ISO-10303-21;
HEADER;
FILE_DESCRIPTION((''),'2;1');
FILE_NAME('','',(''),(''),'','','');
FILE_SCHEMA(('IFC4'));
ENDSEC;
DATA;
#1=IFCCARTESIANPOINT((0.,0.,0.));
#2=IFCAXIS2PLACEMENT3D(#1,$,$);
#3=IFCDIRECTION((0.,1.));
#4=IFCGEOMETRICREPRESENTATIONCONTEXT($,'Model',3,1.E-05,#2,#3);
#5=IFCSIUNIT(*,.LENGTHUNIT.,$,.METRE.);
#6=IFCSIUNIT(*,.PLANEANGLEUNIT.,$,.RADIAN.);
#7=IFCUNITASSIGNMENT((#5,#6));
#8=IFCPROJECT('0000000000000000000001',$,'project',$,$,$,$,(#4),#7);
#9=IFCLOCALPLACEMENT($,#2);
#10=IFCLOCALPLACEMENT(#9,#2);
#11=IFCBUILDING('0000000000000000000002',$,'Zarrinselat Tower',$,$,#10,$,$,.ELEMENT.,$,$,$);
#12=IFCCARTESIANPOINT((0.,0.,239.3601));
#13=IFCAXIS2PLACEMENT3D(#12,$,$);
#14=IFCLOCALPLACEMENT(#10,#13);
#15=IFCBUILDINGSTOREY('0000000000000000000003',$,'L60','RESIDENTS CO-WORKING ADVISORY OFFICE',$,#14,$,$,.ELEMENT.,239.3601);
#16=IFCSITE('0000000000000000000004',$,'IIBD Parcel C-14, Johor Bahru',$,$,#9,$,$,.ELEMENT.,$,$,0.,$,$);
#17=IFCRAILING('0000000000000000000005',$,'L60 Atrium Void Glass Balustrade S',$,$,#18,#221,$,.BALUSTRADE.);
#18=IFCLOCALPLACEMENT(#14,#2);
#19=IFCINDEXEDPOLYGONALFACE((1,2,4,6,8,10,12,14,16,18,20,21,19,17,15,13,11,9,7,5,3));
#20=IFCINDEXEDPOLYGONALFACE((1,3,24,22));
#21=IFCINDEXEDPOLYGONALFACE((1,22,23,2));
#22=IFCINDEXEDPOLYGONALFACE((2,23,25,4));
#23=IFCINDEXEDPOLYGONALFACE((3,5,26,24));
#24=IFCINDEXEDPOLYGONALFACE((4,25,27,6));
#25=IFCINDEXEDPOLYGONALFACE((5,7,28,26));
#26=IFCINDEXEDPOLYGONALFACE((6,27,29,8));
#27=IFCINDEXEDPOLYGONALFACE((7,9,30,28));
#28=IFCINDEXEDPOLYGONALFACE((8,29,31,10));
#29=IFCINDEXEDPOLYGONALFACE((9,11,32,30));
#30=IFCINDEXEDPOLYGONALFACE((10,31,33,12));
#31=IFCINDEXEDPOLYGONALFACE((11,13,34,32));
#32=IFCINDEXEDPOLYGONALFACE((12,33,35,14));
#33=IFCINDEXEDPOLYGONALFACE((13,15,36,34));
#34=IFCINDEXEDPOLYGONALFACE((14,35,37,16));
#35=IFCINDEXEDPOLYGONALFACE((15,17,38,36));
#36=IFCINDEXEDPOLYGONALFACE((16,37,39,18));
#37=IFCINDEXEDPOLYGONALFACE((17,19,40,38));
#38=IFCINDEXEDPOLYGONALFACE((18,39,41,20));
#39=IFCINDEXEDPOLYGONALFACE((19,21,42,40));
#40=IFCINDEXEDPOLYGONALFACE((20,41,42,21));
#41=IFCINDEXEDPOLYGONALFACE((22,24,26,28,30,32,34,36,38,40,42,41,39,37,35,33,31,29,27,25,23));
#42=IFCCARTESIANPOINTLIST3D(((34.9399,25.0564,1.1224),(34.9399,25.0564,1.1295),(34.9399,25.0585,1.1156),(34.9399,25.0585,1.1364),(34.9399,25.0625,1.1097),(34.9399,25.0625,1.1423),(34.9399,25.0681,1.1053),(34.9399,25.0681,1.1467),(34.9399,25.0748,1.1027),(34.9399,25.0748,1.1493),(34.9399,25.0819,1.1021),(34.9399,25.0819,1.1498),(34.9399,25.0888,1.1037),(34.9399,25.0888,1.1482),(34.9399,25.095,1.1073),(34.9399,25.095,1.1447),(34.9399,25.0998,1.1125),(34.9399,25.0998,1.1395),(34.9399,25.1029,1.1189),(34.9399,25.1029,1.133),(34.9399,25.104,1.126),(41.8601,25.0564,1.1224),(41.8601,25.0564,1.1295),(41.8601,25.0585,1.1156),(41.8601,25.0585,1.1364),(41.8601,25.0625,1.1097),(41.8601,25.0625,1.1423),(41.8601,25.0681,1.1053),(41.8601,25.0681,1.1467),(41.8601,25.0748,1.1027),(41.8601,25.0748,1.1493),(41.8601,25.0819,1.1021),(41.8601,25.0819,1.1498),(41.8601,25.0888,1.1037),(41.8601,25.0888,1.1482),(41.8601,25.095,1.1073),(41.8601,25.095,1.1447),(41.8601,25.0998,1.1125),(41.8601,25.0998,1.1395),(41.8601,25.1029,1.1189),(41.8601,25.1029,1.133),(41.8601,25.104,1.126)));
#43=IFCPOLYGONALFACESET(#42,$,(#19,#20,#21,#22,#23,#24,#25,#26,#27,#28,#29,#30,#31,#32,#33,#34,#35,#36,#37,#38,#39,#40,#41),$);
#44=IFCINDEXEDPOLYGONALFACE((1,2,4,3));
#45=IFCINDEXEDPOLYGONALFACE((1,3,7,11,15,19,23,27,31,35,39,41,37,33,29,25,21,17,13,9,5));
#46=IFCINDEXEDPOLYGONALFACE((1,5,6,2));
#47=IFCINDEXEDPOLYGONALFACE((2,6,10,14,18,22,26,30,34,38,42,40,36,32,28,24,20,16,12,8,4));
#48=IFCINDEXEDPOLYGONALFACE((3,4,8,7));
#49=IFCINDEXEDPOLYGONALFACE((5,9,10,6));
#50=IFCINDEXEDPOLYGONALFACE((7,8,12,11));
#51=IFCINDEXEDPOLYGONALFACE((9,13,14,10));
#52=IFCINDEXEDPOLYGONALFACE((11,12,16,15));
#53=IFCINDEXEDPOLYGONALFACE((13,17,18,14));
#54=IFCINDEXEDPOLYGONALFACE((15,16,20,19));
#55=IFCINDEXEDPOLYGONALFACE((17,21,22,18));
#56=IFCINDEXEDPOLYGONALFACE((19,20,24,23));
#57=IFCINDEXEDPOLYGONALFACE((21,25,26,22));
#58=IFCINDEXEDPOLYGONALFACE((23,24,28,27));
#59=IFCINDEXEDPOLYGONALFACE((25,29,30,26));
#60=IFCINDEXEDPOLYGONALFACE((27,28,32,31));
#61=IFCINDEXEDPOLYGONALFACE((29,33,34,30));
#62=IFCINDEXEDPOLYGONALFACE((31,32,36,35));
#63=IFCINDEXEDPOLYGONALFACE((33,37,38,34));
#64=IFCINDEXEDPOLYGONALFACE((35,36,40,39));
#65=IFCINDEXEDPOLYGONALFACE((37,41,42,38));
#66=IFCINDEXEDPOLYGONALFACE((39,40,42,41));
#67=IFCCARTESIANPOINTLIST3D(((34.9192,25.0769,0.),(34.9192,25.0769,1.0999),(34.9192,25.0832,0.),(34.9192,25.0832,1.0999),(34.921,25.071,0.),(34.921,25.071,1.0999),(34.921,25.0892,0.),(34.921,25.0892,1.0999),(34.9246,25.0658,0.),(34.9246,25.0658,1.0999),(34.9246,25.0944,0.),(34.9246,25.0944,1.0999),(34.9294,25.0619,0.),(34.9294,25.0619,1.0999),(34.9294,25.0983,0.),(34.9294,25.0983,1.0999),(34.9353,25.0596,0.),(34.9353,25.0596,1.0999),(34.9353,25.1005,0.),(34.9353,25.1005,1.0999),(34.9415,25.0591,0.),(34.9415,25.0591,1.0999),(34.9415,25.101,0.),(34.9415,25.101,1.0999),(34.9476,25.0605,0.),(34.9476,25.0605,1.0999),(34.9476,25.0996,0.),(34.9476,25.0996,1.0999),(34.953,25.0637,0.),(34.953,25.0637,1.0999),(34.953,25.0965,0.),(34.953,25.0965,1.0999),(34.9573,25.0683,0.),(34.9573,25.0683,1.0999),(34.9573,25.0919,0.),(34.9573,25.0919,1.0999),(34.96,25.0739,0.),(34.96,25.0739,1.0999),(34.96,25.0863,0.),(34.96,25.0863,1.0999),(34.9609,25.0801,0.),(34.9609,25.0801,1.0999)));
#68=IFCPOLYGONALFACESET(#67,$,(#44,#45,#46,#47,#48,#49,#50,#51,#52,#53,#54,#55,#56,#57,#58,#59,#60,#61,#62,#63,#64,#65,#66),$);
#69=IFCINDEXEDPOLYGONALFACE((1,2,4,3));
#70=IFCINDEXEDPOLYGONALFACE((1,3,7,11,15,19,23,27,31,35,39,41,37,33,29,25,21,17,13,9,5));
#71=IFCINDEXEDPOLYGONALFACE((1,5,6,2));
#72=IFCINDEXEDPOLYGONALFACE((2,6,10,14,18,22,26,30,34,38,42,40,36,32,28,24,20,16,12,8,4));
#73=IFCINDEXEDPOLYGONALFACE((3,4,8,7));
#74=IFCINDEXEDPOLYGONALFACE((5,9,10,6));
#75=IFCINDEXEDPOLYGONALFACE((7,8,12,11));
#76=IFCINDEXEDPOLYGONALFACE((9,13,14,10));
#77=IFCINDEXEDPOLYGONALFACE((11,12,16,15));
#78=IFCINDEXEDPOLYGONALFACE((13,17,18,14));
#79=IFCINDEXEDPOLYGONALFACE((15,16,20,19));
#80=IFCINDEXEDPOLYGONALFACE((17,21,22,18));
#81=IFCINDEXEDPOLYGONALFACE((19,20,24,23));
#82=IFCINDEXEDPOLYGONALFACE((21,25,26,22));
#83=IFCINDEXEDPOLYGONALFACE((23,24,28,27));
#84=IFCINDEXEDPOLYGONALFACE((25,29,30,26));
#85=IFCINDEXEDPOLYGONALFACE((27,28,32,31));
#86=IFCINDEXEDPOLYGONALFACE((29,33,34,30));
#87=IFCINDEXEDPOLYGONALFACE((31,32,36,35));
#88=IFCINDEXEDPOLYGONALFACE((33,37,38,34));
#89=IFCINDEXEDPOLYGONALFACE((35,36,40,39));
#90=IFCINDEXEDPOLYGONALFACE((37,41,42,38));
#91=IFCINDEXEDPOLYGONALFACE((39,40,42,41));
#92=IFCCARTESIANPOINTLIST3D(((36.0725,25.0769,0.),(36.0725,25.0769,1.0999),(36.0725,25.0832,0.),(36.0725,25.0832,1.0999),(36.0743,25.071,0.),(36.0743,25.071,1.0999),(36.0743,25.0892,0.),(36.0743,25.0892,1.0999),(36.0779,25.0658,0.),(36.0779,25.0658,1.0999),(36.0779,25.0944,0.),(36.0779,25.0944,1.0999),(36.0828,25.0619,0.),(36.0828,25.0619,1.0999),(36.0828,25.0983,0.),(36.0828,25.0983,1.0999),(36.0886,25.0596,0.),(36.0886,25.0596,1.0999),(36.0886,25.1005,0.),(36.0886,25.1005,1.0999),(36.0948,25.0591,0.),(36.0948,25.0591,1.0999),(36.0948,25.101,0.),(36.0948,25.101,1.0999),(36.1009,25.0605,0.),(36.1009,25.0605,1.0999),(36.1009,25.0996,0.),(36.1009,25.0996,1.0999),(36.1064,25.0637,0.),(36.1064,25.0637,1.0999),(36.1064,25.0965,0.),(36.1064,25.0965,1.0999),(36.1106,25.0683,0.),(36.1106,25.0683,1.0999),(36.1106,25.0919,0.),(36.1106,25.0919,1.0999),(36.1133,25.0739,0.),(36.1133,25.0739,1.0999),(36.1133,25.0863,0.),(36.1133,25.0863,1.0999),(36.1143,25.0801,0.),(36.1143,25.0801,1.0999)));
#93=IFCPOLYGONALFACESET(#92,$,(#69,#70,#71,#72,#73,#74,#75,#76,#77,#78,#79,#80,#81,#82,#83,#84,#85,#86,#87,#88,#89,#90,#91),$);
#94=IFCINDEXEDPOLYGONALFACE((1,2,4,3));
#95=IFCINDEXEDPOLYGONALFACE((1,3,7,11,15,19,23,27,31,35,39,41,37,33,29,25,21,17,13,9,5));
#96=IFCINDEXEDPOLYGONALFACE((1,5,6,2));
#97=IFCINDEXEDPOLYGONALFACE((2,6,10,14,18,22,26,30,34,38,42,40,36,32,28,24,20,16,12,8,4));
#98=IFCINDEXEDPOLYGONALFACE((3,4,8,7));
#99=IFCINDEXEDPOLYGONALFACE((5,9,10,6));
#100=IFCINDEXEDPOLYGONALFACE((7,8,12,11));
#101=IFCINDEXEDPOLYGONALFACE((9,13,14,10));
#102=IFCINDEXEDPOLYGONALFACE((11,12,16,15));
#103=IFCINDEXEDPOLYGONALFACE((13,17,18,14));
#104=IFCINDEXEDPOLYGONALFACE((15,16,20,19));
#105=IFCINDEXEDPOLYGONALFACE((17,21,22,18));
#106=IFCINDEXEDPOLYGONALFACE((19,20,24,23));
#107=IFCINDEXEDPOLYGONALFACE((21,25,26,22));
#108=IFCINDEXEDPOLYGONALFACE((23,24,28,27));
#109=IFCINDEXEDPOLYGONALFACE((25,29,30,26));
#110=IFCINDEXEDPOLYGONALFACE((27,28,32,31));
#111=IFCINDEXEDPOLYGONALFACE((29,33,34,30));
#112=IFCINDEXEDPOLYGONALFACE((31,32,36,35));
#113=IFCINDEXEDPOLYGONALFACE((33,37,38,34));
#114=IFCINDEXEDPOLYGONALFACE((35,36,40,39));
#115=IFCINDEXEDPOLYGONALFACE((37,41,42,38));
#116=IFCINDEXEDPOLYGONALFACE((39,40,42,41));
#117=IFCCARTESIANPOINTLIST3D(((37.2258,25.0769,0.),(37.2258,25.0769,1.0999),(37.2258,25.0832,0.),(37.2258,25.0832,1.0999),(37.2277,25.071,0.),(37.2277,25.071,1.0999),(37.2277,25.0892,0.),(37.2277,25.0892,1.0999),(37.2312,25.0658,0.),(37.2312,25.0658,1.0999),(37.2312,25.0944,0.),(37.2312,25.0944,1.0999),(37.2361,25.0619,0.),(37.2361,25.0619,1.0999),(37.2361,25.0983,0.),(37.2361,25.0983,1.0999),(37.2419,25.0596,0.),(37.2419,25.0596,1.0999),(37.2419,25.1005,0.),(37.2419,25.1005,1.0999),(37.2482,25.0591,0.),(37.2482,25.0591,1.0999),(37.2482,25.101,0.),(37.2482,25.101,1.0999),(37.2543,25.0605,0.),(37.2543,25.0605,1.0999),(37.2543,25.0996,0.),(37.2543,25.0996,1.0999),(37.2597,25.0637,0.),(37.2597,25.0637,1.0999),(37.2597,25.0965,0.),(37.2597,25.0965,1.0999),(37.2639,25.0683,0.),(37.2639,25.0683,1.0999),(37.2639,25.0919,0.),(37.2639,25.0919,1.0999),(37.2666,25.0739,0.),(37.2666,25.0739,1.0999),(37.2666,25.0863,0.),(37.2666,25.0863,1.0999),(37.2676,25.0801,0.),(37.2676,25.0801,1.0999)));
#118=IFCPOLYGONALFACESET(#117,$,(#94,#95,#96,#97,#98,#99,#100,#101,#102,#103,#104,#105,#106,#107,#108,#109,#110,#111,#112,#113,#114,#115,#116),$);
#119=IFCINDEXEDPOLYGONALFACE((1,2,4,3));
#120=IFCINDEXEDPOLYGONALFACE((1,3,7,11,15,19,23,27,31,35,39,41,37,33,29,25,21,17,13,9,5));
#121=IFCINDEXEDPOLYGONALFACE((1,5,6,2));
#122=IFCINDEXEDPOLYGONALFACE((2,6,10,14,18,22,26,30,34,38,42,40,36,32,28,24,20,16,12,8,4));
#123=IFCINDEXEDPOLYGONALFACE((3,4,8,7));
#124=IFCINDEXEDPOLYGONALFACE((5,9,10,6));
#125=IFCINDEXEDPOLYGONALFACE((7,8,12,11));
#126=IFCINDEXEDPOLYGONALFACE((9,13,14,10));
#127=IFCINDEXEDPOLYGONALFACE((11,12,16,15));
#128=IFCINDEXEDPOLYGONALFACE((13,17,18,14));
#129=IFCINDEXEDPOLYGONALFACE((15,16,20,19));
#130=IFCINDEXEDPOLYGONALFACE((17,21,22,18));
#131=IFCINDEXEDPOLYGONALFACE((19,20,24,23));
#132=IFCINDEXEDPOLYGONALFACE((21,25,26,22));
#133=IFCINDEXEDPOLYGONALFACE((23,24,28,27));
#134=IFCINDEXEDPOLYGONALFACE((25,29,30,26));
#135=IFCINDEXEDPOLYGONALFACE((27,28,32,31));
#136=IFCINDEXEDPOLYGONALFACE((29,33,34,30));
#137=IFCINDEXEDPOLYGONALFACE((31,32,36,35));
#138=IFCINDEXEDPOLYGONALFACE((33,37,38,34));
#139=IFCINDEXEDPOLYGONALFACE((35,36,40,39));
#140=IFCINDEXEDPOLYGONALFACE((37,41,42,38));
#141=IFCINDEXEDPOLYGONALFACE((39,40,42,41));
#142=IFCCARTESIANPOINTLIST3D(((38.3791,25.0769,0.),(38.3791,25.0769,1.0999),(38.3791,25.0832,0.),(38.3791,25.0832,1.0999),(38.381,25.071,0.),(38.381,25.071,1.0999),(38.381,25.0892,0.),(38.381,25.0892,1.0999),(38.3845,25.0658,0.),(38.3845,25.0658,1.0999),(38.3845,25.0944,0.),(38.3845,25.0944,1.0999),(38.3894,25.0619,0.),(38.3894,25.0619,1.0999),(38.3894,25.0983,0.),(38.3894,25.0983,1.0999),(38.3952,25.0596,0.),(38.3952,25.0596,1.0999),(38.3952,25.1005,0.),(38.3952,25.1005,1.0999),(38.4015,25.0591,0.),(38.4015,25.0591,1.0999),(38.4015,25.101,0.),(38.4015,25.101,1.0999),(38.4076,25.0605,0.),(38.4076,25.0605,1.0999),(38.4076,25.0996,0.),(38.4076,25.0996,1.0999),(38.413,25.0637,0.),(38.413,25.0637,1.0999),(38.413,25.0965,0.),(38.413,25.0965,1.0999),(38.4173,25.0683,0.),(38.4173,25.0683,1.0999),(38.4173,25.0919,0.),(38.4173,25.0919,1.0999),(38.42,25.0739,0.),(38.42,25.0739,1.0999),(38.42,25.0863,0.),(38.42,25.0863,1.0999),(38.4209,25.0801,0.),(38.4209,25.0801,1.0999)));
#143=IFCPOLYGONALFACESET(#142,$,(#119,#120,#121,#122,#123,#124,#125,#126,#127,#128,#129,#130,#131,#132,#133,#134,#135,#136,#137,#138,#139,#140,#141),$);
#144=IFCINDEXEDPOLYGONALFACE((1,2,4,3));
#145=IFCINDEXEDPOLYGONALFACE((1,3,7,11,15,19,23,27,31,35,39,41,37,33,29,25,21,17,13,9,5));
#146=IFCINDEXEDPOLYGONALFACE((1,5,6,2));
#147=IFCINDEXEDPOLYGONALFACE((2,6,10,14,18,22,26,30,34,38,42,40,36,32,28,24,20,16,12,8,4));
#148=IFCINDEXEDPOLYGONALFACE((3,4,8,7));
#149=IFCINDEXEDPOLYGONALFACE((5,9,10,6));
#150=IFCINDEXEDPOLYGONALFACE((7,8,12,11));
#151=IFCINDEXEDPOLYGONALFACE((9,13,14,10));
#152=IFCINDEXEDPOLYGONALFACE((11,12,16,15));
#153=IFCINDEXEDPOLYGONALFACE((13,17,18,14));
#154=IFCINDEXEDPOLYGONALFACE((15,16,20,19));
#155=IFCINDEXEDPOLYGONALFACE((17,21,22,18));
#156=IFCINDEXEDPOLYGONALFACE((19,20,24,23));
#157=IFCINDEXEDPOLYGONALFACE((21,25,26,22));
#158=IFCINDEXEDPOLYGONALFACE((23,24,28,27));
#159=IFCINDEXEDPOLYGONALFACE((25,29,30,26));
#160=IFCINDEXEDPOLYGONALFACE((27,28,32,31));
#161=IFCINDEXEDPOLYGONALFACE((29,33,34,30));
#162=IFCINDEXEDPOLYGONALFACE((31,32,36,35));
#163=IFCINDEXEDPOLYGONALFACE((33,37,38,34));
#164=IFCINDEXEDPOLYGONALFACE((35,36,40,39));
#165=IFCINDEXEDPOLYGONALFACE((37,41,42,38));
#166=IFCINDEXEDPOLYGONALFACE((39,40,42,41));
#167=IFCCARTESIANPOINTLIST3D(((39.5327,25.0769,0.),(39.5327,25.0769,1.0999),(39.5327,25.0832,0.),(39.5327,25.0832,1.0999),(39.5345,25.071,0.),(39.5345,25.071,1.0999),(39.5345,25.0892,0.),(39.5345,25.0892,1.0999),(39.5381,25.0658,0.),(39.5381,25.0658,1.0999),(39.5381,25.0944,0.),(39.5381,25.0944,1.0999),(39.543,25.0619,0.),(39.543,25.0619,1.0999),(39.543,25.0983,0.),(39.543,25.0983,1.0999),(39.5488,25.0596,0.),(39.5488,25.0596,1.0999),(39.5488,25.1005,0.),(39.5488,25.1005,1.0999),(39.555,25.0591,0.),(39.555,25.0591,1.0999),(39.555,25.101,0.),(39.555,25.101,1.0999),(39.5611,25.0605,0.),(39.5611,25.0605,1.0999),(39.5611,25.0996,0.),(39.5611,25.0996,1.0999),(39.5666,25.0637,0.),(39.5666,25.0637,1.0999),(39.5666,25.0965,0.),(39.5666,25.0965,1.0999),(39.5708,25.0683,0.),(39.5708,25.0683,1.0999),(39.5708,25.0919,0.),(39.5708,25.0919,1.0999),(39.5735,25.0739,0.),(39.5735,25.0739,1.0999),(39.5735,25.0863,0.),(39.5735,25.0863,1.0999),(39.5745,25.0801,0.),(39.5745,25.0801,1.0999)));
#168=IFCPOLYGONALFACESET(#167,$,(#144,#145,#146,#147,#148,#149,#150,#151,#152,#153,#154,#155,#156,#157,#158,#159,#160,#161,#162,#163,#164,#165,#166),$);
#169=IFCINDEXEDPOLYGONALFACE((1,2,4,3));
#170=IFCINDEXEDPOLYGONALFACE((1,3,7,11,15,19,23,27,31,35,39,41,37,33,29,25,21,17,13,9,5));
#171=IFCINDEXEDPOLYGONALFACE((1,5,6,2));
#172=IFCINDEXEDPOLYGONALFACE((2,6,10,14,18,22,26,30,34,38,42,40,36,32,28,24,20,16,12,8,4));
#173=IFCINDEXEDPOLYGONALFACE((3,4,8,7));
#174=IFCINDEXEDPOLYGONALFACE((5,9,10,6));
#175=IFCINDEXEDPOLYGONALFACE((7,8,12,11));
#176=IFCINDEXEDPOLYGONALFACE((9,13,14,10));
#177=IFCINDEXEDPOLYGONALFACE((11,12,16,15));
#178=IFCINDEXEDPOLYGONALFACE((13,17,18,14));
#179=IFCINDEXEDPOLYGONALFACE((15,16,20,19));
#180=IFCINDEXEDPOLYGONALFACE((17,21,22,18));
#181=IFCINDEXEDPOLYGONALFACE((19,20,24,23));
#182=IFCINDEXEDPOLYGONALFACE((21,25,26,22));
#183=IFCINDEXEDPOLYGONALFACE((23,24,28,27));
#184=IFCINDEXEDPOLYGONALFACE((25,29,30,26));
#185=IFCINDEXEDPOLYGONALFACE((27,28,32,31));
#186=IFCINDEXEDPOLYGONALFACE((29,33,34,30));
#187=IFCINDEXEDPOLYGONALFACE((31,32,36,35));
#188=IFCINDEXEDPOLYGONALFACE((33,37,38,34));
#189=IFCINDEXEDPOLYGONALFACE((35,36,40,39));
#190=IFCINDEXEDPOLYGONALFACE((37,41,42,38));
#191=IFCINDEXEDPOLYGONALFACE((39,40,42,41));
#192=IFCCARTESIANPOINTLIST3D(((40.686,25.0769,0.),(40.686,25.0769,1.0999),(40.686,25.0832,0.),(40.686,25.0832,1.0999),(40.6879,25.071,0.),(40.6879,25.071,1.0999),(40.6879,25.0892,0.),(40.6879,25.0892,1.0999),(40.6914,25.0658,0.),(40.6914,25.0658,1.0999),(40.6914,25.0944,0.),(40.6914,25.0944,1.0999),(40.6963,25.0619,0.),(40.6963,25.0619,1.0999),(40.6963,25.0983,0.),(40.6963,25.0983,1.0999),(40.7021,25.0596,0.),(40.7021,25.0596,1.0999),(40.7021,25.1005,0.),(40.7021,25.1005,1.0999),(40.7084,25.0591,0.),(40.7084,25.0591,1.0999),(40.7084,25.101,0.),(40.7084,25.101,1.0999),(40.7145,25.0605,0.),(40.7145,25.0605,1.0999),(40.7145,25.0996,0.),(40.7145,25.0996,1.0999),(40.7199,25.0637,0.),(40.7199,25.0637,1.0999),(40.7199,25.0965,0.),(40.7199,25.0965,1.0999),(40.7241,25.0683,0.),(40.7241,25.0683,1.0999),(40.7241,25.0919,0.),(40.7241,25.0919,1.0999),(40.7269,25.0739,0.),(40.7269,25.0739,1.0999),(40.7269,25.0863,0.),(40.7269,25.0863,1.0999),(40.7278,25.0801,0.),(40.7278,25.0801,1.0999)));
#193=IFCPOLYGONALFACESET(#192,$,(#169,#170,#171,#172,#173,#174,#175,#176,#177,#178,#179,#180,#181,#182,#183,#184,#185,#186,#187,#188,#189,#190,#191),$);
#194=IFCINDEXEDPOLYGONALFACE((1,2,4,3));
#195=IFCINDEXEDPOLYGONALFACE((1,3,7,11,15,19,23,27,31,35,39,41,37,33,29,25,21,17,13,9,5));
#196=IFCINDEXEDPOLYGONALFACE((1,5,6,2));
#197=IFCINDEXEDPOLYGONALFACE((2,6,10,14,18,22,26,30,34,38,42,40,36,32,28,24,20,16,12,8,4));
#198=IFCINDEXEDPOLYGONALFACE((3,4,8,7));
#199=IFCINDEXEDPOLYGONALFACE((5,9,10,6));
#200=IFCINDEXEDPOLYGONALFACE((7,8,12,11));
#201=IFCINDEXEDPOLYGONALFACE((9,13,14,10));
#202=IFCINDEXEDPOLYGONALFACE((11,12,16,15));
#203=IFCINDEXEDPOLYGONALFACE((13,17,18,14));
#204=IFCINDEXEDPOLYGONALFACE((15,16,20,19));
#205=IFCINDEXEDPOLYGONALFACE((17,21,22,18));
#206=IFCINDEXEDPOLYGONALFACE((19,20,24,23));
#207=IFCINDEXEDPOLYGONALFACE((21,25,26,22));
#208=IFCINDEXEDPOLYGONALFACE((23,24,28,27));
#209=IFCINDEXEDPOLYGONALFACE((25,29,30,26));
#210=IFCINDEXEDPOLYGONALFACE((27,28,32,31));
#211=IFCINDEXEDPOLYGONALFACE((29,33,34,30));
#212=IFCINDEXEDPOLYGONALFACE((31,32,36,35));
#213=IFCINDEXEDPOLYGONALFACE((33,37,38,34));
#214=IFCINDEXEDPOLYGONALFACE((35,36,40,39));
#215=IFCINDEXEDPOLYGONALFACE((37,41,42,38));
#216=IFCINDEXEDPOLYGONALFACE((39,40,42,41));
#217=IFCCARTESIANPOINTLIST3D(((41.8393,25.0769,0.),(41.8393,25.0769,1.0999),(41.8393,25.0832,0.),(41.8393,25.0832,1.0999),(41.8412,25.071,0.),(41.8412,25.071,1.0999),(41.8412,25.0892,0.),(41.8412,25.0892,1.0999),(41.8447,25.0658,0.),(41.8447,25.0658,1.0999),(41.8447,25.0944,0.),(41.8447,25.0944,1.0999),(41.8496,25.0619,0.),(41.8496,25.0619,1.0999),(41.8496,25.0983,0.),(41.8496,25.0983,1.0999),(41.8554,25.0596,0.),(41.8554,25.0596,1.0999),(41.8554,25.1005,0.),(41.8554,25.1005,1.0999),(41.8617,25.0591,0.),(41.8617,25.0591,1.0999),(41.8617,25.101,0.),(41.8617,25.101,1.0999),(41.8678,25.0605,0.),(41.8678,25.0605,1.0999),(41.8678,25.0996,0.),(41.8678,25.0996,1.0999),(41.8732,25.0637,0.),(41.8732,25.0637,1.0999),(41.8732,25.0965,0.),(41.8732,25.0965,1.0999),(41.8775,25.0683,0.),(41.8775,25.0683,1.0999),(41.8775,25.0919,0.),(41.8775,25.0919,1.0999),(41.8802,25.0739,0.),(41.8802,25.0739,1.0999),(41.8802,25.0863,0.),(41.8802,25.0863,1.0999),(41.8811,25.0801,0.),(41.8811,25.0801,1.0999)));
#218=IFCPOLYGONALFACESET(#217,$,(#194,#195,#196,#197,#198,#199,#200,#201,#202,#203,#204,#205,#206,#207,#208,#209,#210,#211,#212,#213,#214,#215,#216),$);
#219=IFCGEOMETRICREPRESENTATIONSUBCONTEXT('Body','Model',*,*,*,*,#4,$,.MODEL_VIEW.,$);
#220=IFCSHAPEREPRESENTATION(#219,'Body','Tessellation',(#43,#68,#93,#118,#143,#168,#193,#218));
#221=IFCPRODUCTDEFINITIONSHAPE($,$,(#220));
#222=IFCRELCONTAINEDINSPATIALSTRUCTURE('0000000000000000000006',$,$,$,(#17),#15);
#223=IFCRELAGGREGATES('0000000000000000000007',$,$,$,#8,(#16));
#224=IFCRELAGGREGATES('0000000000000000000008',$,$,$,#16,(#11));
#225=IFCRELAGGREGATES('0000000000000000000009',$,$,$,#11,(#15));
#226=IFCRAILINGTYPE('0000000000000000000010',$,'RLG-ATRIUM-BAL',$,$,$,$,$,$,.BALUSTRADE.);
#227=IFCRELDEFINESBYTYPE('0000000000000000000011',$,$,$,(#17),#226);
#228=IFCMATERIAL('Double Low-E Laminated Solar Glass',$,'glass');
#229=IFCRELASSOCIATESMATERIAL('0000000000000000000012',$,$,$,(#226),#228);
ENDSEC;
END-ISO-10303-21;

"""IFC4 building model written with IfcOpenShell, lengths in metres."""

from ifc_helpers import new_model, si_unit, direction, frame, origin, origin_2d, place, context, subcontext, project, spatial, circle, extrude, material, type_object, element, save


model = new_model("IFC4")

# Units and contexts
model_context = context("Model", 3, precision=1e-05, world=origin(), true_north=direction((0.0, 1.0)))
body_context = subcontext(model_context, "Body", "Model", "MODEL_VIEW")
ifc_project = project(units=[si_unit("LENGTHUNIT", "METRE"), si_unit("PLANEANGLEUNIT", "RADIAN")], contexts=[model_context])

# Site, building, storey
site_placement = place(None, origin())
site = spatial("IfcSite", under=ifc_project, at=site_placement, Name="IIBD Parcel C-14, Johor Bahru", CompositionType="ELEMENT", RefElevation=0.0)
building_placement = place(site_placement, origin())
building = spatial("IfcBuilding", under=site, at=building_placement, Name="Zarrinselat Tower", CompositionType="ELEMENT")
storey_placement = place(building_placement, frame((0.0, 0.0, 239.3601)))
storey = spatial("IfcBuildingStorey", under=building, at=storey_placement, Name="L60", Description="RESIDENTS CO-WORKING ADVISORY OFFICE", CompositionType="ELEMENT", Elevation=239.3601)

# Railing
ifc_material_1 = material(Name="Double Low-E Laminated Solar Glass", Category="glass")
railing_type = type_object("IfcRailingType", Name="RLG-ATRIUM-BAL", PredefinedType="BALUSTRADE", material=ifc_material_1)
railing_placement = place(storey_placement, frame((34.9399, 25.0801, 0.0)))
element("IfcRailing", 1, at=railing_placement, inside=storey, type_object=railing_type, Name="L60 Atrium Void Glass Balustrade S", PredefinedType="BALUSTRADE", context=body_context, shape_type="SweptSolid", body=[
    extrude(circle(Radius=0.0239, at=origin_2d()), frame((0.0, 0.0, 1.126), z_axis=(1.0, 0.0, 0.0), x_axis=(0.0, 1.0, 0.0)), (0.0, 0.0, 1.0), 6.9202),
    extrude(circle(Radius=0.021, at=origin_2d()), origin(), (0.0, 0.0, 1.0), 1.0999),
    extrude(circle(Radius=0.021, at=origin_2d()), frame((1.1533, 0.0, 0.0)), (0.0, 0.0, 1.0), 1.0999),
    extrude(circle(Radius=0.021, at=origin_2d()), frame((2.3066, 0.0, 0.0)), (0.0, 0.0, 1.0), 1.0999),
    extrude(circle(Radius=0.021, at=origin_2d()), frame((3.46, 0.0, 0.0)), (0.0, 0.0, 1.0), 1.0999),
    extrude(circle(Radius=0.021, at=origin_2d()), frame((4.6135, 0.0, 0.0)), (0.0, 0.0, 1.0), 1.0999),
    extrude(circle(Radius=0.021, at=origin_2d()), frame((5.7668, 0.0, 0.0)), (0.0, 0.0, 1.0), 1.0999),
    extrude(circle(Radius=0.021, at=origin_2d()), frame((6.9202, 0.0, 0.0)), (0.0, 0.0, 1.0), 1.0999),
])

save(model, "model.ifc")
